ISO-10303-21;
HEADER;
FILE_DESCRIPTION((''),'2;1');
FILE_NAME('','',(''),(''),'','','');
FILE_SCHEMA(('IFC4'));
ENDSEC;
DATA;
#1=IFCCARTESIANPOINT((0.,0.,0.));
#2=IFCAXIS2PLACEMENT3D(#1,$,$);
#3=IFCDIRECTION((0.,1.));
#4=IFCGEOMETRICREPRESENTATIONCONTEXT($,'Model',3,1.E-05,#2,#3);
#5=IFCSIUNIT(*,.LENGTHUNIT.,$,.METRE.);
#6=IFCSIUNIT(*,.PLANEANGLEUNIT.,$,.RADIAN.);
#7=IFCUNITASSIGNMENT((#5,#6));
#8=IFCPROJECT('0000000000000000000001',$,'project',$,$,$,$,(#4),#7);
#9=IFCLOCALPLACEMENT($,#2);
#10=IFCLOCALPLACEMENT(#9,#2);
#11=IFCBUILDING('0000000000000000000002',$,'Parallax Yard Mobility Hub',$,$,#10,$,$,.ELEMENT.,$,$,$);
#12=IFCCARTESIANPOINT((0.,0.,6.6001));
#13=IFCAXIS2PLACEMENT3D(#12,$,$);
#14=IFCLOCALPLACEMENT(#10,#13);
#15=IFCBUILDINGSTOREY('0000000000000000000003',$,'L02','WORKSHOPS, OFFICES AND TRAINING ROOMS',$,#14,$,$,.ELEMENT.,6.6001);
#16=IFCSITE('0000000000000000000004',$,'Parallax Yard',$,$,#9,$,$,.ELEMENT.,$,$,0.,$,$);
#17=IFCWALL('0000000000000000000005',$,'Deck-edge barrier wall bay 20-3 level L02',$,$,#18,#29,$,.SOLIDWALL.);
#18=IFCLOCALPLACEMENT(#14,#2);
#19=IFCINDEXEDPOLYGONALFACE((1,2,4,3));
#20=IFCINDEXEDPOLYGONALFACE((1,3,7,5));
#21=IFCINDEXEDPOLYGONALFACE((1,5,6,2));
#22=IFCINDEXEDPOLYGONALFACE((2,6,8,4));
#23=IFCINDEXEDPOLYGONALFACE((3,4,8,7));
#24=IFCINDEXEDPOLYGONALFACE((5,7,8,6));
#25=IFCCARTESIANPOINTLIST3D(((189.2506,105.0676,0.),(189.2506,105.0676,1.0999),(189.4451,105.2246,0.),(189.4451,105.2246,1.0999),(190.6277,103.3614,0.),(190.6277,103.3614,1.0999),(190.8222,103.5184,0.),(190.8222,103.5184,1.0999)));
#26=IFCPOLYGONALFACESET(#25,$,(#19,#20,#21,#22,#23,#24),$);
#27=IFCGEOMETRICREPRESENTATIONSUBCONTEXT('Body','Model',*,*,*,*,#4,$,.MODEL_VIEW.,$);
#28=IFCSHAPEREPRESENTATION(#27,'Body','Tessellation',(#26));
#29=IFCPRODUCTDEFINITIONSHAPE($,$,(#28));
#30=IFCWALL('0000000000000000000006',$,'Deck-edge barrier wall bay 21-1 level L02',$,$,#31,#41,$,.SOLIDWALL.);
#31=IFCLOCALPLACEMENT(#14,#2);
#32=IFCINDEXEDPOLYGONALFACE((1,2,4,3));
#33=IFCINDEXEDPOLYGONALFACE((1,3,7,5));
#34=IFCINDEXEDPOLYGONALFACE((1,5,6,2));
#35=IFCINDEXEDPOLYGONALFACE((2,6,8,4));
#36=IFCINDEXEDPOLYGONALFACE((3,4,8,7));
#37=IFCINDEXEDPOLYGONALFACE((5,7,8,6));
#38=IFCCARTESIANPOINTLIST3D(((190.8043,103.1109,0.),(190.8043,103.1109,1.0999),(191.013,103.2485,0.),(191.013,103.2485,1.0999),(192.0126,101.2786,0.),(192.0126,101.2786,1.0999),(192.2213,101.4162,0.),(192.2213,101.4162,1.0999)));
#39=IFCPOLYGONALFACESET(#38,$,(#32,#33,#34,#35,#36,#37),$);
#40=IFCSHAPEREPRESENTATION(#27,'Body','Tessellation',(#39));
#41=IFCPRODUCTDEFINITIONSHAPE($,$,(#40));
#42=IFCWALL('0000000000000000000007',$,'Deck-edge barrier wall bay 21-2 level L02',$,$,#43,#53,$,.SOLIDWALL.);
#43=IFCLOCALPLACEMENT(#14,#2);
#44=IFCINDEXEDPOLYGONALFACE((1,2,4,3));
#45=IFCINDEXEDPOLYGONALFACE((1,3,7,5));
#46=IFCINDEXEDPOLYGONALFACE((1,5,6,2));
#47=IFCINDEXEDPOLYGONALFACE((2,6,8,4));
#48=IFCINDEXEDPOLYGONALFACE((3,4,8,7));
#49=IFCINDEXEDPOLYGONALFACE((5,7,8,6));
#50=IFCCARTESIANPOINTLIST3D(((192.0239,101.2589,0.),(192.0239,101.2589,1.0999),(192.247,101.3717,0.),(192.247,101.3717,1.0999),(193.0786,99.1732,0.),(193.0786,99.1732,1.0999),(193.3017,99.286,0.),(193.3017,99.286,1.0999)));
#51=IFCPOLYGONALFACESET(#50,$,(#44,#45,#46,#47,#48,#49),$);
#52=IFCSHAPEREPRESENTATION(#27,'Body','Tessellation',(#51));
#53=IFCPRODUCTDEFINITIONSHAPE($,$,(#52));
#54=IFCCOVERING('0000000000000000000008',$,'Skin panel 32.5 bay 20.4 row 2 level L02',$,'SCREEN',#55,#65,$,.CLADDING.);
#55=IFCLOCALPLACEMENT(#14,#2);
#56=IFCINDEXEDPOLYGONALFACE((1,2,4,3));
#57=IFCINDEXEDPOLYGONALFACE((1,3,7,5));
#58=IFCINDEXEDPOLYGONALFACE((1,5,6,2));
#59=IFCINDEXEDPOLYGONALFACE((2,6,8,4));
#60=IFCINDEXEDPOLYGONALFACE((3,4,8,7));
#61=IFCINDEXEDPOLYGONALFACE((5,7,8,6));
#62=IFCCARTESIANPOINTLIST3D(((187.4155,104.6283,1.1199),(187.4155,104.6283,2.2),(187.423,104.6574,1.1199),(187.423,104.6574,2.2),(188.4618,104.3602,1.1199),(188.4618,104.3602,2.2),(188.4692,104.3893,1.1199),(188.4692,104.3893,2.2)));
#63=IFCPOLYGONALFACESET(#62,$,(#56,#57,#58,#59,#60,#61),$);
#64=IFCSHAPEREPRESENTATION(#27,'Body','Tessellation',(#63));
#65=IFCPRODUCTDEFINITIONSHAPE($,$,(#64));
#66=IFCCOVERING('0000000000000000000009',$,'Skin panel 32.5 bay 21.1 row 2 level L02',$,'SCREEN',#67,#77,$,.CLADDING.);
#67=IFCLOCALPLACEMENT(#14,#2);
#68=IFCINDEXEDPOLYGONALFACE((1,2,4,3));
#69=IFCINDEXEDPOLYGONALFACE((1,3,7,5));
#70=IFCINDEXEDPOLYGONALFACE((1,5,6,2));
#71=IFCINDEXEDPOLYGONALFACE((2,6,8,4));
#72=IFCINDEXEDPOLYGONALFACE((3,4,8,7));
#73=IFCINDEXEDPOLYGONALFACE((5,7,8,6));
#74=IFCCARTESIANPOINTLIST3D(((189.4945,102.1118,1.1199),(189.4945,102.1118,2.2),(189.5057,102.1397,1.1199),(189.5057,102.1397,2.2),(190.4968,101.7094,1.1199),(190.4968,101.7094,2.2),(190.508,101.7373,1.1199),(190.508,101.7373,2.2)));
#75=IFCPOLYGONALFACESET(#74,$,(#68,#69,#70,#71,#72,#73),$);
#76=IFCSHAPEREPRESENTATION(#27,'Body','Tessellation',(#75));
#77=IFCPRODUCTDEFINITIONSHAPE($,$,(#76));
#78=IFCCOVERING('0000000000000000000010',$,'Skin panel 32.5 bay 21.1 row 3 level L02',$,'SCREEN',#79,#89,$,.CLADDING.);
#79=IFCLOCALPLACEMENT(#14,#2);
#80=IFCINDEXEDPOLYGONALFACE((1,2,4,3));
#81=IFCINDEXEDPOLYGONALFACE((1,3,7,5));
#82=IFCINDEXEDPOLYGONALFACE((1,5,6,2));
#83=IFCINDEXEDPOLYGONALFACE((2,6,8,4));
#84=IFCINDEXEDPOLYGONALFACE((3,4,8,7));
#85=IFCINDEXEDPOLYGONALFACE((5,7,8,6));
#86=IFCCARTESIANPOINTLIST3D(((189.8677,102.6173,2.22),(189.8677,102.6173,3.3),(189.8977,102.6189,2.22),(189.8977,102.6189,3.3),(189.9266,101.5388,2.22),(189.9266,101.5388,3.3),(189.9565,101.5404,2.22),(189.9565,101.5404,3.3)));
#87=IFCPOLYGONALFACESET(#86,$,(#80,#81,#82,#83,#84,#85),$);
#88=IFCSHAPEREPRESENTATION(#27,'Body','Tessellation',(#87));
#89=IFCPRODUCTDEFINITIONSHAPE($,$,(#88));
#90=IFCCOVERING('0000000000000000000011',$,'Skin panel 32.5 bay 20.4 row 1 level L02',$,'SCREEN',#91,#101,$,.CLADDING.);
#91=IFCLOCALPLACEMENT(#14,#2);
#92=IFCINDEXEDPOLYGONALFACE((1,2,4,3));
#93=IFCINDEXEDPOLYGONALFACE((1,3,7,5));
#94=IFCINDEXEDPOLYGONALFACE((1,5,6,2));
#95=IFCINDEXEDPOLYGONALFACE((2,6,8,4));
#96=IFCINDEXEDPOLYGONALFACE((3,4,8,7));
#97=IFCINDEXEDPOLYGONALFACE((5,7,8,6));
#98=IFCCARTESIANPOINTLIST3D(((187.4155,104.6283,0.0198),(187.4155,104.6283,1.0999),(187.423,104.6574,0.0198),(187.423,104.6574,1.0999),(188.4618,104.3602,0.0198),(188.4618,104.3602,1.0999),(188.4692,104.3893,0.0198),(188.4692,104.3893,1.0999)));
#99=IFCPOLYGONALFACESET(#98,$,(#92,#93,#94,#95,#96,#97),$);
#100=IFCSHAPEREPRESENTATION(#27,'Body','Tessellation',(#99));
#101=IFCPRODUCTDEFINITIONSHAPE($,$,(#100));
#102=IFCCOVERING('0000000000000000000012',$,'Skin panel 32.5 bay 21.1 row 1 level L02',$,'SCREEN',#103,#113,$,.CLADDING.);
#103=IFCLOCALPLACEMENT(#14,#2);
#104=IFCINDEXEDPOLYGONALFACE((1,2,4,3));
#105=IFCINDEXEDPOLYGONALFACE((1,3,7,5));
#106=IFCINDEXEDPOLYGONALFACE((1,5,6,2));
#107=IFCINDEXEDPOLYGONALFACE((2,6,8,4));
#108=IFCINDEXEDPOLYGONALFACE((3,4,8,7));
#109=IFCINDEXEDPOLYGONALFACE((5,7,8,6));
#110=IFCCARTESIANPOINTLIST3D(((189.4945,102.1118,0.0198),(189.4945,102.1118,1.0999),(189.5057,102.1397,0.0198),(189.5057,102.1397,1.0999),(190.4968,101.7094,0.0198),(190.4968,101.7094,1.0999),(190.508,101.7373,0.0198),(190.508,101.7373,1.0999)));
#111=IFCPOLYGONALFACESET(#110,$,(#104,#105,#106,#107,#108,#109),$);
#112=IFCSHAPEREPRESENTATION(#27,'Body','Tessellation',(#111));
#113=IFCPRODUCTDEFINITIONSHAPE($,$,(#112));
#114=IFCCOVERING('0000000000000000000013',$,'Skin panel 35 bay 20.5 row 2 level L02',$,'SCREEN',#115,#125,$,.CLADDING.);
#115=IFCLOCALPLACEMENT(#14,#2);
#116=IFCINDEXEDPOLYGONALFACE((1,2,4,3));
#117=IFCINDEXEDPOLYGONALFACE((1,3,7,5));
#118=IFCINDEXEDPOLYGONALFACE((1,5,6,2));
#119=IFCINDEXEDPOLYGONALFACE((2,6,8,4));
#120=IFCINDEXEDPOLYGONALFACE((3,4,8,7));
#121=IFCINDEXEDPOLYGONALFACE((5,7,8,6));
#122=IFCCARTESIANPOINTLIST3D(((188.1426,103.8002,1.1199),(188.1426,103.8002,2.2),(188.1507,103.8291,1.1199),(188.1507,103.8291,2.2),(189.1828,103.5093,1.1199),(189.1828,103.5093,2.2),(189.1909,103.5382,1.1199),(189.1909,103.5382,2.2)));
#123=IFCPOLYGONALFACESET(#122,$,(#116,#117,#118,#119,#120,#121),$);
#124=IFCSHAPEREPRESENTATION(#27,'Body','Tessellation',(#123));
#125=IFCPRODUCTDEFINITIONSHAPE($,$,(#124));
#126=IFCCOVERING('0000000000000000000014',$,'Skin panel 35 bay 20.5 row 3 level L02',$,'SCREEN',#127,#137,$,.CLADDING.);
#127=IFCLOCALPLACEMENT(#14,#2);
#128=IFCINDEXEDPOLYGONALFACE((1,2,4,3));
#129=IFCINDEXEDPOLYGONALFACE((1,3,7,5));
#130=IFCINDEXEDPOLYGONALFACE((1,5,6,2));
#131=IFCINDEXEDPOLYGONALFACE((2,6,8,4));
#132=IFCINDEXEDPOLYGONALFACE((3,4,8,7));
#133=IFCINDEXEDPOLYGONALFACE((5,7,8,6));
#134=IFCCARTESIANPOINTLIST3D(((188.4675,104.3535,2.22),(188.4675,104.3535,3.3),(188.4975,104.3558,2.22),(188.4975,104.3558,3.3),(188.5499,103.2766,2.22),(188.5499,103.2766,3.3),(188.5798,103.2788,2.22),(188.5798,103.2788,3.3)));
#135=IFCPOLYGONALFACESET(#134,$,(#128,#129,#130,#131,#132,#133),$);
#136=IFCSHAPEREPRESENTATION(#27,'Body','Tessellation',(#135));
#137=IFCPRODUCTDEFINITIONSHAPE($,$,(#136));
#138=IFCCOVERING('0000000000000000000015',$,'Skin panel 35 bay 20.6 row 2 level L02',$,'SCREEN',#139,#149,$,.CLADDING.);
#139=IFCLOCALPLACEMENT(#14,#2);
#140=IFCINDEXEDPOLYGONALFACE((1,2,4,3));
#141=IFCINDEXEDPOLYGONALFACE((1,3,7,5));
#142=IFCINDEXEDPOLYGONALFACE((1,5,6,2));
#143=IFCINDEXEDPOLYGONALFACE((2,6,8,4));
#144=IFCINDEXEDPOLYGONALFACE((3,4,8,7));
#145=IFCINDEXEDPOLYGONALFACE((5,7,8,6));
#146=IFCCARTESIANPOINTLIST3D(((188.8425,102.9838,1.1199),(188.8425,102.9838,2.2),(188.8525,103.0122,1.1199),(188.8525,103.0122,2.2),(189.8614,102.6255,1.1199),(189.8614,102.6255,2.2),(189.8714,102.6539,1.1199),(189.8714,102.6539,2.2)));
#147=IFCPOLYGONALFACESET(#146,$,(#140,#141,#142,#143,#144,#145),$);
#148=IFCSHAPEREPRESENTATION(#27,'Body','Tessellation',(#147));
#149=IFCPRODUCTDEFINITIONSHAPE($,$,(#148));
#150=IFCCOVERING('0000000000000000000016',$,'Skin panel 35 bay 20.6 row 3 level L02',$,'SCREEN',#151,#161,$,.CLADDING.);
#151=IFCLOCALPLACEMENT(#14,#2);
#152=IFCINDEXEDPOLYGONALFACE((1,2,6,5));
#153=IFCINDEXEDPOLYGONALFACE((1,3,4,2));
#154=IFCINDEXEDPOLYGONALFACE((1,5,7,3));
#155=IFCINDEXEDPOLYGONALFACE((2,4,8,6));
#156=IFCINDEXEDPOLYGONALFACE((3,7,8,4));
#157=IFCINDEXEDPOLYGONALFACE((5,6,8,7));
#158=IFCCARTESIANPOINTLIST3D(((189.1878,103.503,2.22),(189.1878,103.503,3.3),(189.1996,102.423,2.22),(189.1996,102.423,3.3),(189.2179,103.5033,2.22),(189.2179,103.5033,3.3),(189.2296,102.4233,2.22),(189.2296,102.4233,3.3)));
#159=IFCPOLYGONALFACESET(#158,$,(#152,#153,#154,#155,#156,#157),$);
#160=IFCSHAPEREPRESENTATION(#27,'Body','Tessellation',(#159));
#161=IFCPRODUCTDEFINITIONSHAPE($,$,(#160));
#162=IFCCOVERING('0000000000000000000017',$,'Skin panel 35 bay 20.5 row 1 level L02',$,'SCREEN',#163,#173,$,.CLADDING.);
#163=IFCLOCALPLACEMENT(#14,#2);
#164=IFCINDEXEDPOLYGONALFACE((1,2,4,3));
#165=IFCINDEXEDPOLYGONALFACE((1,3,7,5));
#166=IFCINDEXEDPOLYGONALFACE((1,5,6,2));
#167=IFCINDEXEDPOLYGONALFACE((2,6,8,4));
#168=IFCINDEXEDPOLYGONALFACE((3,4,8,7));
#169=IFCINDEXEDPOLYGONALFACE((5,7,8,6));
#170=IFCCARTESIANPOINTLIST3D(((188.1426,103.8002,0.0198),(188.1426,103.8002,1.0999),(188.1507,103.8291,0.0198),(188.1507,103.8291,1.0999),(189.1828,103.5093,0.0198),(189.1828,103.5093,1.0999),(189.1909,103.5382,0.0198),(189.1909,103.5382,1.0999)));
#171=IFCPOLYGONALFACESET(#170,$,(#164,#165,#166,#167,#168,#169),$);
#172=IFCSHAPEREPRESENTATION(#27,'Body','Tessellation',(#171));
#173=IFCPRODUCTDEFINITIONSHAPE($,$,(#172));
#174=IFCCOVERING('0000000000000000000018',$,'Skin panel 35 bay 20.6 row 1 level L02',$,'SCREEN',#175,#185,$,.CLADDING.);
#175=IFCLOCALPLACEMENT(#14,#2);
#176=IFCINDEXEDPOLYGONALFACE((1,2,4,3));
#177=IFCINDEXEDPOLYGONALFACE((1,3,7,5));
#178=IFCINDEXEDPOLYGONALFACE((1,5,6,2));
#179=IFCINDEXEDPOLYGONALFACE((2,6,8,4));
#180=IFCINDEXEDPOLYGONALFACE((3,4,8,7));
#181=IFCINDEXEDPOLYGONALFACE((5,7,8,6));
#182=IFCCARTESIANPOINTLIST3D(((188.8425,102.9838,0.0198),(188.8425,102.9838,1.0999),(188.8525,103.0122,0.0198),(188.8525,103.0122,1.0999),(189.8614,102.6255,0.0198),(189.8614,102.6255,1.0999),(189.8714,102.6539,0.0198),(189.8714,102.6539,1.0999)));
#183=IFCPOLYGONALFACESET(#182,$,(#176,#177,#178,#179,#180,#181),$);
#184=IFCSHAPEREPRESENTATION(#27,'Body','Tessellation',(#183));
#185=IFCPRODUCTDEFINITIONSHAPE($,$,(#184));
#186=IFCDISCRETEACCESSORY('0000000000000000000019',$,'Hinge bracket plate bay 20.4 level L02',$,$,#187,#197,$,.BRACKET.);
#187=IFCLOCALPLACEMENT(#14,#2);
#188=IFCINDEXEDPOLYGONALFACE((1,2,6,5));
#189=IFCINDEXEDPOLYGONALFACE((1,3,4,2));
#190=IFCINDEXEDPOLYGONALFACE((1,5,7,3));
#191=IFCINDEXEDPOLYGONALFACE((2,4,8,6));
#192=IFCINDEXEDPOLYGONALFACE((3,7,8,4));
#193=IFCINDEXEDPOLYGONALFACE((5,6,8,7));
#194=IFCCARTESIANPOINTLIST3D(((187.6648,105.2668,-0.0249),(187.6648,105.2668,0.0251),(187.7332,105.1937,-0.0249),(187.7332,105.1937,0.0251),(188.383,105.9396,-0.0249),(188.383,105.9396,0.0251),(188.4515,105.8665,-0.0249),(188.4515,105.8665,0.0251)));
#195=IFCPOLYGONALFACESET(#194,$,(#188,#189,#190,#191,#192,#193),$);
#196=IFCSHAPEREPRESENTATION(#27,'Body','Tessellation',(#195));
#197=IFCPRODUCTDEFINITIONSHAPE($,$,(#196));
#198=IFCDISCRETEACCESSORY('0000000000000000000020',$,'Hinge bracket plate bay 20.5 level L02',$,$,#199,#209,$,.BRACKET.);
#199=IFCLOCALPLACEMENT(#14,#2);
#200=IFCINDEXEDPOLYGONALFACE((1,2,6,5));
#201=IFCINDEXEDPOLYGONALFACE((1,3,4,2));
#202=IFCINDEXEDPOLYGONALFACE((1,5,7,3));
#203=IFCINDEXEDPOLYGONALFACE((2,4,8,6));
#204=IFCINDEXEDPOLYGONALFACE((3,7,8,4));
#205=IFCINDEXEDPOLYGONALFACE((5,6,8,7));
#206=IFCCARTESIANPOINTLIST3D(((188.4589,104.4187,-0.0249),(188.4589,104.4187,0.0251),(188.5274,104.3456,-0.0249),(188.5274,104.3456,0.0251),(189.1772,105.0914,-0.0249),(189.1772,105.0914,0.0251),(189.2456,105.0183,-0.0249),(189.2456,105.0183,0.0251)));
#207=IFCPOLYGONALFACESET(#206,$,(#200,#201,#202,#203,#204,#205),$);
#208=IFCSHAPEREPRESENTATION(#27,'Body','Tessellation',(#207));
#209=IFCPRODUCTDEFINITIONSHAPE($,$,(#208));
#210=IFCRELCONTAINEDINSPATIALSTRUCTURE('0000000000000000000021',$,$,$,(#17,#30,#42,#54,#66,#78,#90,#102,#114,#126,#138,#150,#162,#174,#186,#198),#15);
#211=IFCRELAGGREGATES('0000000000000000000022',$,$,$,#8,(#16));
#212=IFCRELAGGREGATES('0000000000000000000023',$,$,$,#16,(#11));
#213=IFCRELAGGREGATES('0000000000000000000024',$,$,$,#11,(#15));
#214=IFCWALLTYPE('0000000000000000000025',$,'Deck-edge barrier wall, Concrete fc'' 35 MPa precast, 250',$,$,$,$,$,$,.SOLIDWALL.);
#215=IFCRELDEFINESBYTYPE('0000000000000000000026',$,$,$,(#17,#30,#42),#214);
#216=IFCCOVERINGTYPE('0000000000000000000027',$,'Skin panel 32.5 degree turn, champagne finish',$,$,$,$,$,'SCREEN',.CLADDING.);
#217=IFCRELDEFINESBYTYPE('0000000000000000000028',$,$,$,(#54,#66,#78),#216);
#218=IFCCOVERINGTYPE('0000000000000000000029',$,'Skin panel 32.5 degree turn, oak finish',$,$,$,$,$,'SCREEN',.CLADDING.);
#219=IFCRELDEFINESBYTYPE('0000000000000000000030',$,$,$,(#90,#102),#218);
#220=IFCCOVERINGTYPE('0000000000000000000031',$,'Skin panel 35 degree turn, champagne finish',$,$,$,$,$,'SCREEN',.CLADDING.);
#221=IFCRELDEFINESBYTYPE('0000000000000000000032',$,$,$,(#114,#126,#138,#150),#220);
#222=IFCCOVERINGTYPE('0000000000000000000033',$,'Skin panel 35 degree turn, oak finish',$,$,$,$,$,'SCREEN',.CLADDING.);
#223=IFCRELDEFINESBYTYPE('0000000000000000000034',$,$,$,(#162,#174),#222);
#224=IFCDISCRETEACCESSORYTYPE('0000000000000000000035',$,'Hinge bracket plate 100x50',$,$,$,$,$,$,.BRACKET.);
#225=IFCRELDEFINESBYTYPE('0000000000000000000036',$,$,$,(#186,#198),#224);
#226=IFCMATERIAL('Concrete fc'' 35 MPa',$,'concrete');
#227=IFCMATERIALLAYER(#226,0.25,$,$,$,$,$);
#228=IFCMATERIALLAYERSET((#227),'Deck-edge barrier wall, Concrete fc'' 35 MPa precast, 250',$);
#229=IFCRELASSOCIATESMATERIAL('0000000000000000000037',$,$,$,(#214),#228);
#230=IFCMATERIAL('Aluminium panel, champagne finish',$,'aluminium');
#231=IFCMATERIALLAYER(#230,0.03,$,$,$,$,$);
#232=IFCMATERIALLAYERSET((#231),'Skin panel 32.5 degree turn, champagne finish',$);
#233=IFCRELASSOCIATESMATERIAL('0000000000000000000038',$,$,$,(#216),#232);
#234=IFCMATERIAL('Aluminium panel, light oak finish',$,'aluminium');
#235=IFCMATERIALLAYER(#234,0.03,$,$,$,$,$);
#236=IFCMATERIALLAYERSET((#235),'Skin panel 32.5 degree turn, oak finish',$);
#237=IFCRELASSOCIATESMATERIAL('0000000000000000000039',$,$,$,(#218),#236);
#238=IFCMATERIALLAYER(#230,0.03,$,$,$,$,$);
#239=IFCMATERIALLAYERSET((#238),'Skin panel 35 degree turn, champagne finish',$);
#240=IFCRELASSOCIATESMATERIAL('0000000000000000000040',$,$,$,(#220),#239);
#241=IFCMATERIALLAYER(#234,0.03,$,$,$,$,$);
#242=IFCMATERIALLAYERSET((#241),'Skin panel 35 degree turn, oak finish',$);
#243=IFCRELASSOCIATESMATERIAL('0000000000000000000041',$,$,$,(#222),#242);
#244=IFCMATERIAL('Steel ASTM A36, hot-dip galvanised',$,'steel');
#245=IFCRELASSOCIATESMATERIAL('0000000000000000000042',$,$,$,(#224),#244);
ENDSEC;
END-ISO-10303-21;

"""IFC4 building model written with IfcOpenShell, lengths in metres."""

from ifc_helpers import new_model, si_unit, direction, frame, frame_2d, origin, origin_2d, place, context, subcontext, project, spatial, rectangle, extrude, material, layer, layer_set, type_object, element, save


model = new_model("IFC4")

# Units and contexts
model_context = context("Model", 3, precision=1e-05, world=origin(), true_north=direction((0.0, 1.0)))
body_context = subcontext(model_context, "Body", "Model", "MODEL_VIEW")
ifc_project = project(units=[si_unit("LENGTHUNIT", "METRE"), si_unit("PLANEANGLEUNIT", "RADIAN")], contexts=[model_context])

# Site, building, storey
site_placement = place(None, origin())
site = spatial("IfcSite", under=ifc_project, at=site_placement, Name="Parallax Yard", CompositionType="ELEMENT", RefElevation=0.0)
building_placement = place(site_placement, origin())
building = spatial("IfcBuilding", under=site, at=building_placement, Name="Parallax Yard Mobility Hub", CompositionType="ELEMENT")
storey_placement = place(building_placement, frame((0.0, 0.0, 6.6001)))
storey = spatial("IfcBuildingStorey", under=building, at=storey_placement, Name="L02", Description="WORKSHOPS, OFFICES AND TRAINING ROOMS", CompositionType="ELEMENT", Elevation=6.6001)

# Walls
ifc_material_1 = material(Name="Concrete fc' 35 MPa", Category="concrete")
ifc_layer_1 = layer(ifc_material_1, 0.25)
ifc_layer_set_1 = layer_set([ifc_layer_1], Name="Deck-edge barrier wall, Concrete fc' 35 MPa precast, 250")
wall_type = type_object("IfcWallType", Name="Deck-edge barrier wall, Concrete fc' 35 MPa precast, 250", PredefinedType="SOLIDWALL", material=ifc_layer_set_1)
wall_1_placement = place(storey_placement, frame((189.3479, 105.146, 0.0), z_axis=(0.0, 0.0, 1.0), x_axis=(0.62807, -0.778157, 0.0)))
element("IfcWall", 1, at=wall_1_placement, inside=storey, type_object=wall_type, Name="Deck-edge barrier wall bay 20-3 level L02", PredefinedType="SOLIDWALL", context=body_context, shape_type="SweptSolid", body=[
    extrude(rectangle(XDim=2.1926, YDim=0.25, at=frame_2d((1.0962, 0.0))), origin(), (0.0, 0.0, 1.0), 1.0999),
])
wall_2_placement = place(storey_placement, frame((190.9087, 103.1797, 0.0), z_axis=(0.0, 0.0, 1.0), x_axis=(0.550509, -0.834829, 0.0)))
element("IfcWall", 2, at=wall_2_placement, inside=storey, type_object=wall_type, Name="Deck-edge barrier wall bay 21-1 level L02", PredefinedType="SOLIDWALL", context=body_context, shape_type="SweptSolid", body=[
    extrude(rectangle(XDim=2.1948, YDim=0.25, at=frame_2d((1.0974, 0.0))), origin(), (0.0, 0.0, 1.0), 1.0999),
])
wall_3_placement = place(storey_placement, frame((192.1355, 101.3152, 0.0), z_axis=(0.0, 0.0, 1.0), x_axis=(0.451262, -0.892392, 0.0)))
element("IfcWall", 3, at=wall_3_placement, inside=storey, type_object=wall_type, Name="Deck-edge barrier wall bay 21-2 level L02", PredefinedType="SOLIDWALL", context=body_context, shape_type="SweptSolid", body=[
    extrude(rectangle(XDim=2.3372, YDim=0.25, at=frame_2d((1.1685, 0.0))), origin(), (0.0, 0.0, 1.0), 1.0999),
])

# Coverings
ifc_material_2 = material(Name="Aluminium panel, champagne finish", Category="aluminium")
ifc_layer_2 = layer(ifc_material_2, 0.03)
ifc_layer_set_2 = layer_set([ifc_layer_2], Name="Skin panel 32.5 degree turn, champagne finish")
covering_type_1 = type_object("IfcCoveringType", Name="Skin panel 32.5 degree turn, champagne finish", ElementType="SCREEN", PredefinedType="CLADDING", material=ifc_layer_set_2)
for number, where, z_axis, x_axis, name in (
    (4, (187.9424, 104.5088, 1.1199), (0.0, 0.0, 1.0), (-0.968692, 0.248267, 0.0), "Skin panel 32.5 bay 20.4 row 2 level L02"),
    (5, (190.0012, 101.9246, 1.1199), (0.0, 0.0, 1.0), (-0.927999, 0.372583, 0.0), "Skin panel 32.5 bay 21.1 row 2 level L02"),
    (6, (189.9121, 102.0789, 2.22), (0.0, 0.0, 1.0), (0.054515, -0.998513, 0.0), "Skin panel 32.5 bay 21.1 row 3 level L02"),
):
    element("IfcCovering", number, at=place(storey_placement, frame(where, z_axis=z_axis, x_axis=x_axis)), inside=storey, type_object=covering_type_1, Name=name, ObjectType="SCREEN", PredefinedType="CLADDING", context=body_context, shape_type="SweptSolid", body=[
        extrude(rectangle(XDim=1.0801, YDim=0.03, at=origin_2d()), origin(), (0.0, 0.0, 1.0), 1.0801),
    ])
ifc_material_3 = material(Name="Aluminium panel, light oak finish", Category="aluminium")
ifc_layer_3 = layer(ifc_material_3, 0.03)
ifc_layer_set_3 = layer_set([ifc_layer_3], Name="Skin panel 32.5 degree turn, oak finish")
covering_type_2 = type_object("IfcCoveringType", Name="Skin panel 32.5 degree turn, oak finish", ElementType="SCREEN", PredefinedType="CLADDING", material=ifc_layer_set_3)
for number, where, z_axis, x_axis, name in (
    (7, (187.9424, 104.5088, 0.0198), (0.0, 0.0, 1.0), (-0.968692, 0.248267, 0.0), "Skin panel 32.5 bay 20.4 row 1 level L02"),
    (8, (190.0012, 101.9246, 0.0198), (0.0, 0.0, 1.0), (-0.927999, 0.372583, 0.0), "Skin panel 32.5 bay 21.1 row 1 level L02"),
):
    element("IfcCovering", number, at=place(storey_placement, frame(where, z_axis=z_axis, x_axis=x_axis)), inside=storey, type_object=covering_type_2, Name=name, ObjectType="SCREEN", PredefinedType="CLADDING", context=body_context, shape_type="SweptSolid", body=[
        extrude(rectangle(XDim=1.0801, YDim=0.03, at=origin_2d()), origin(), (0.0, 0.0, 1.0), 1.0801),
    ])
ifc_layer_4 = layer(ifc_material_2, 0.03)
ifc_layer_set_4 = layer_set([ifc_layer_4], Name="Skin panel 35 degree turn, champagne finish")
covering_type_3 = type_object("IfcCoveringType", Name="Skin panel 35 degree turn, champagne finish", ElementType="SCREEN", PredefinedType="CLADDING", material=ifc_layer_set_4)
for number, where, z_axis, x_axis, name in (
    (9, (188.6667, 103.6692, 1.1199), (0.0, 0.0, 1.0), (-0.963045, 0.26934, 0.0), "Skin panel 35 bay 20.5 row 2 level L02"),
    (10, (188.5237, 103.8162, 2.22), (0.0, 0.0, 1.0), (0.076284, -0.997086, 0.0), "Skin panel 35 bay 20.5 row 3 level L02"),
    (11, (189.3569, 102.8188, 1.1199), (0.0, 0.0, 1.0), (-0.943368, 0.33175, 0.0), "Skin panel 35 bay 20.6 row 2 level L02"),
    (12, (189.2087, 102.9631, 2.22), (0.0, 0.0, 1.0), (0.010908, -0.999941, 0.0), "Skin panel 35 bay 20.6 row 3 level L02"),
):
    element("IfcCovering", number, at=place(storey_placement, frame(where, z_axis=z_axis, x_axis=x_axis)), inside=storey, type_object=covering_type_3, Name=name, ObjectType="SCREEN", PredefinedType="CLADDING", context=body_context, shape_type="SweptSolid", body=[
        extrude(rectangle(XDim=1.0801, YDim=0.03, at=origin_2d()), origin(), (0.0, 0.0, 1.0), 1.0801),
    ])
ifc_layer_5 = layer(ifc_material_3, 0.03)
ifc_layer_set_5 = layer_set([ifc_layer_5], Name="Skin panel 35 degree turn, oak finish")
covering_type_4 = type_object("IfcCoveringType", Name="Skin panel 35 degree turn, oak finish", ElementType="SCREEN", PredefinedType="CLADDING", material=ifc_layer_set_5)
for number, where, z_axis, x_axis, name in (
    (13, (188.6667, 103.6692, 0.0198), (0.0, 0.0, 1.0), (-0.963045, 0.26934, 0.0), "Skin panel 35 bay 20.5 row 1 level L02"),
    (14, (189.3569, 102.8188, 0.0198), (0.0, 0.0, 1.0), (-0.943368, 0.33175, 0.0), "Skin panel 35 bay 20.6 row 1 level L02"),
):
    element("IfcCovering", number, at=place(storey_placement, frame(where, z_axis=z_axis, x_axis=x_axis)), inside=storey, type_object=covering_type_4, Name=name, ObjectType="SCREEN", PredefinedType="CLADDING", context=body_context, shape_type="SweptSolid", body=[
        extrude(rectangle(XDim=1.0801, YDim=0.03, at=origin_2d()), origin(), (0.0, 0.0, 1.0), 1.0801),
    ])

# Discrete accessories
ifc_material_4 = material(Name="Steel ASTM A36, hot-dip galvanised", Category="steel")
discrete_accessory_type_1 = type_object("IfcDiscreteAccessoryType", Name="Hinge bracket plate 100x50", PredefinedType="BRACKET", material=ifc_material_4)
for number, where, z_axis, x_axis, name in (
    (15, (188.0581, 105.5667, -0.0249), (0.0, 0.0, 1.0), (-0.729864, -0.683592, 0.0), "Hinge bracket plate bay 20.4 level L02"),
    (16, (188.8523, 104.7185, -0.0249), (0.0, 0.0, 1.0), (-0.729864, -0.683592, 0.0), "Hinge bracket plate bay 20.5 level L02"),
):
    element("IfcDiscreteAccessory", number, at=place(storey_placement, frame(where, z_axis=z_axis, x_axis=x_axis)), inside=storey, type_object=discrete_accessory_type_1, Name=name, PredefinedType="BRACKET", context=body_context, shape_type="SweptSolid", body=[
        extrude(rectangle(XDim=0.9841, YDim=0.1001, at=origin_2d()), origin(), (0.0, 0.0, 1.0), 0.05),
    ])

save(model, "model.ifc")
